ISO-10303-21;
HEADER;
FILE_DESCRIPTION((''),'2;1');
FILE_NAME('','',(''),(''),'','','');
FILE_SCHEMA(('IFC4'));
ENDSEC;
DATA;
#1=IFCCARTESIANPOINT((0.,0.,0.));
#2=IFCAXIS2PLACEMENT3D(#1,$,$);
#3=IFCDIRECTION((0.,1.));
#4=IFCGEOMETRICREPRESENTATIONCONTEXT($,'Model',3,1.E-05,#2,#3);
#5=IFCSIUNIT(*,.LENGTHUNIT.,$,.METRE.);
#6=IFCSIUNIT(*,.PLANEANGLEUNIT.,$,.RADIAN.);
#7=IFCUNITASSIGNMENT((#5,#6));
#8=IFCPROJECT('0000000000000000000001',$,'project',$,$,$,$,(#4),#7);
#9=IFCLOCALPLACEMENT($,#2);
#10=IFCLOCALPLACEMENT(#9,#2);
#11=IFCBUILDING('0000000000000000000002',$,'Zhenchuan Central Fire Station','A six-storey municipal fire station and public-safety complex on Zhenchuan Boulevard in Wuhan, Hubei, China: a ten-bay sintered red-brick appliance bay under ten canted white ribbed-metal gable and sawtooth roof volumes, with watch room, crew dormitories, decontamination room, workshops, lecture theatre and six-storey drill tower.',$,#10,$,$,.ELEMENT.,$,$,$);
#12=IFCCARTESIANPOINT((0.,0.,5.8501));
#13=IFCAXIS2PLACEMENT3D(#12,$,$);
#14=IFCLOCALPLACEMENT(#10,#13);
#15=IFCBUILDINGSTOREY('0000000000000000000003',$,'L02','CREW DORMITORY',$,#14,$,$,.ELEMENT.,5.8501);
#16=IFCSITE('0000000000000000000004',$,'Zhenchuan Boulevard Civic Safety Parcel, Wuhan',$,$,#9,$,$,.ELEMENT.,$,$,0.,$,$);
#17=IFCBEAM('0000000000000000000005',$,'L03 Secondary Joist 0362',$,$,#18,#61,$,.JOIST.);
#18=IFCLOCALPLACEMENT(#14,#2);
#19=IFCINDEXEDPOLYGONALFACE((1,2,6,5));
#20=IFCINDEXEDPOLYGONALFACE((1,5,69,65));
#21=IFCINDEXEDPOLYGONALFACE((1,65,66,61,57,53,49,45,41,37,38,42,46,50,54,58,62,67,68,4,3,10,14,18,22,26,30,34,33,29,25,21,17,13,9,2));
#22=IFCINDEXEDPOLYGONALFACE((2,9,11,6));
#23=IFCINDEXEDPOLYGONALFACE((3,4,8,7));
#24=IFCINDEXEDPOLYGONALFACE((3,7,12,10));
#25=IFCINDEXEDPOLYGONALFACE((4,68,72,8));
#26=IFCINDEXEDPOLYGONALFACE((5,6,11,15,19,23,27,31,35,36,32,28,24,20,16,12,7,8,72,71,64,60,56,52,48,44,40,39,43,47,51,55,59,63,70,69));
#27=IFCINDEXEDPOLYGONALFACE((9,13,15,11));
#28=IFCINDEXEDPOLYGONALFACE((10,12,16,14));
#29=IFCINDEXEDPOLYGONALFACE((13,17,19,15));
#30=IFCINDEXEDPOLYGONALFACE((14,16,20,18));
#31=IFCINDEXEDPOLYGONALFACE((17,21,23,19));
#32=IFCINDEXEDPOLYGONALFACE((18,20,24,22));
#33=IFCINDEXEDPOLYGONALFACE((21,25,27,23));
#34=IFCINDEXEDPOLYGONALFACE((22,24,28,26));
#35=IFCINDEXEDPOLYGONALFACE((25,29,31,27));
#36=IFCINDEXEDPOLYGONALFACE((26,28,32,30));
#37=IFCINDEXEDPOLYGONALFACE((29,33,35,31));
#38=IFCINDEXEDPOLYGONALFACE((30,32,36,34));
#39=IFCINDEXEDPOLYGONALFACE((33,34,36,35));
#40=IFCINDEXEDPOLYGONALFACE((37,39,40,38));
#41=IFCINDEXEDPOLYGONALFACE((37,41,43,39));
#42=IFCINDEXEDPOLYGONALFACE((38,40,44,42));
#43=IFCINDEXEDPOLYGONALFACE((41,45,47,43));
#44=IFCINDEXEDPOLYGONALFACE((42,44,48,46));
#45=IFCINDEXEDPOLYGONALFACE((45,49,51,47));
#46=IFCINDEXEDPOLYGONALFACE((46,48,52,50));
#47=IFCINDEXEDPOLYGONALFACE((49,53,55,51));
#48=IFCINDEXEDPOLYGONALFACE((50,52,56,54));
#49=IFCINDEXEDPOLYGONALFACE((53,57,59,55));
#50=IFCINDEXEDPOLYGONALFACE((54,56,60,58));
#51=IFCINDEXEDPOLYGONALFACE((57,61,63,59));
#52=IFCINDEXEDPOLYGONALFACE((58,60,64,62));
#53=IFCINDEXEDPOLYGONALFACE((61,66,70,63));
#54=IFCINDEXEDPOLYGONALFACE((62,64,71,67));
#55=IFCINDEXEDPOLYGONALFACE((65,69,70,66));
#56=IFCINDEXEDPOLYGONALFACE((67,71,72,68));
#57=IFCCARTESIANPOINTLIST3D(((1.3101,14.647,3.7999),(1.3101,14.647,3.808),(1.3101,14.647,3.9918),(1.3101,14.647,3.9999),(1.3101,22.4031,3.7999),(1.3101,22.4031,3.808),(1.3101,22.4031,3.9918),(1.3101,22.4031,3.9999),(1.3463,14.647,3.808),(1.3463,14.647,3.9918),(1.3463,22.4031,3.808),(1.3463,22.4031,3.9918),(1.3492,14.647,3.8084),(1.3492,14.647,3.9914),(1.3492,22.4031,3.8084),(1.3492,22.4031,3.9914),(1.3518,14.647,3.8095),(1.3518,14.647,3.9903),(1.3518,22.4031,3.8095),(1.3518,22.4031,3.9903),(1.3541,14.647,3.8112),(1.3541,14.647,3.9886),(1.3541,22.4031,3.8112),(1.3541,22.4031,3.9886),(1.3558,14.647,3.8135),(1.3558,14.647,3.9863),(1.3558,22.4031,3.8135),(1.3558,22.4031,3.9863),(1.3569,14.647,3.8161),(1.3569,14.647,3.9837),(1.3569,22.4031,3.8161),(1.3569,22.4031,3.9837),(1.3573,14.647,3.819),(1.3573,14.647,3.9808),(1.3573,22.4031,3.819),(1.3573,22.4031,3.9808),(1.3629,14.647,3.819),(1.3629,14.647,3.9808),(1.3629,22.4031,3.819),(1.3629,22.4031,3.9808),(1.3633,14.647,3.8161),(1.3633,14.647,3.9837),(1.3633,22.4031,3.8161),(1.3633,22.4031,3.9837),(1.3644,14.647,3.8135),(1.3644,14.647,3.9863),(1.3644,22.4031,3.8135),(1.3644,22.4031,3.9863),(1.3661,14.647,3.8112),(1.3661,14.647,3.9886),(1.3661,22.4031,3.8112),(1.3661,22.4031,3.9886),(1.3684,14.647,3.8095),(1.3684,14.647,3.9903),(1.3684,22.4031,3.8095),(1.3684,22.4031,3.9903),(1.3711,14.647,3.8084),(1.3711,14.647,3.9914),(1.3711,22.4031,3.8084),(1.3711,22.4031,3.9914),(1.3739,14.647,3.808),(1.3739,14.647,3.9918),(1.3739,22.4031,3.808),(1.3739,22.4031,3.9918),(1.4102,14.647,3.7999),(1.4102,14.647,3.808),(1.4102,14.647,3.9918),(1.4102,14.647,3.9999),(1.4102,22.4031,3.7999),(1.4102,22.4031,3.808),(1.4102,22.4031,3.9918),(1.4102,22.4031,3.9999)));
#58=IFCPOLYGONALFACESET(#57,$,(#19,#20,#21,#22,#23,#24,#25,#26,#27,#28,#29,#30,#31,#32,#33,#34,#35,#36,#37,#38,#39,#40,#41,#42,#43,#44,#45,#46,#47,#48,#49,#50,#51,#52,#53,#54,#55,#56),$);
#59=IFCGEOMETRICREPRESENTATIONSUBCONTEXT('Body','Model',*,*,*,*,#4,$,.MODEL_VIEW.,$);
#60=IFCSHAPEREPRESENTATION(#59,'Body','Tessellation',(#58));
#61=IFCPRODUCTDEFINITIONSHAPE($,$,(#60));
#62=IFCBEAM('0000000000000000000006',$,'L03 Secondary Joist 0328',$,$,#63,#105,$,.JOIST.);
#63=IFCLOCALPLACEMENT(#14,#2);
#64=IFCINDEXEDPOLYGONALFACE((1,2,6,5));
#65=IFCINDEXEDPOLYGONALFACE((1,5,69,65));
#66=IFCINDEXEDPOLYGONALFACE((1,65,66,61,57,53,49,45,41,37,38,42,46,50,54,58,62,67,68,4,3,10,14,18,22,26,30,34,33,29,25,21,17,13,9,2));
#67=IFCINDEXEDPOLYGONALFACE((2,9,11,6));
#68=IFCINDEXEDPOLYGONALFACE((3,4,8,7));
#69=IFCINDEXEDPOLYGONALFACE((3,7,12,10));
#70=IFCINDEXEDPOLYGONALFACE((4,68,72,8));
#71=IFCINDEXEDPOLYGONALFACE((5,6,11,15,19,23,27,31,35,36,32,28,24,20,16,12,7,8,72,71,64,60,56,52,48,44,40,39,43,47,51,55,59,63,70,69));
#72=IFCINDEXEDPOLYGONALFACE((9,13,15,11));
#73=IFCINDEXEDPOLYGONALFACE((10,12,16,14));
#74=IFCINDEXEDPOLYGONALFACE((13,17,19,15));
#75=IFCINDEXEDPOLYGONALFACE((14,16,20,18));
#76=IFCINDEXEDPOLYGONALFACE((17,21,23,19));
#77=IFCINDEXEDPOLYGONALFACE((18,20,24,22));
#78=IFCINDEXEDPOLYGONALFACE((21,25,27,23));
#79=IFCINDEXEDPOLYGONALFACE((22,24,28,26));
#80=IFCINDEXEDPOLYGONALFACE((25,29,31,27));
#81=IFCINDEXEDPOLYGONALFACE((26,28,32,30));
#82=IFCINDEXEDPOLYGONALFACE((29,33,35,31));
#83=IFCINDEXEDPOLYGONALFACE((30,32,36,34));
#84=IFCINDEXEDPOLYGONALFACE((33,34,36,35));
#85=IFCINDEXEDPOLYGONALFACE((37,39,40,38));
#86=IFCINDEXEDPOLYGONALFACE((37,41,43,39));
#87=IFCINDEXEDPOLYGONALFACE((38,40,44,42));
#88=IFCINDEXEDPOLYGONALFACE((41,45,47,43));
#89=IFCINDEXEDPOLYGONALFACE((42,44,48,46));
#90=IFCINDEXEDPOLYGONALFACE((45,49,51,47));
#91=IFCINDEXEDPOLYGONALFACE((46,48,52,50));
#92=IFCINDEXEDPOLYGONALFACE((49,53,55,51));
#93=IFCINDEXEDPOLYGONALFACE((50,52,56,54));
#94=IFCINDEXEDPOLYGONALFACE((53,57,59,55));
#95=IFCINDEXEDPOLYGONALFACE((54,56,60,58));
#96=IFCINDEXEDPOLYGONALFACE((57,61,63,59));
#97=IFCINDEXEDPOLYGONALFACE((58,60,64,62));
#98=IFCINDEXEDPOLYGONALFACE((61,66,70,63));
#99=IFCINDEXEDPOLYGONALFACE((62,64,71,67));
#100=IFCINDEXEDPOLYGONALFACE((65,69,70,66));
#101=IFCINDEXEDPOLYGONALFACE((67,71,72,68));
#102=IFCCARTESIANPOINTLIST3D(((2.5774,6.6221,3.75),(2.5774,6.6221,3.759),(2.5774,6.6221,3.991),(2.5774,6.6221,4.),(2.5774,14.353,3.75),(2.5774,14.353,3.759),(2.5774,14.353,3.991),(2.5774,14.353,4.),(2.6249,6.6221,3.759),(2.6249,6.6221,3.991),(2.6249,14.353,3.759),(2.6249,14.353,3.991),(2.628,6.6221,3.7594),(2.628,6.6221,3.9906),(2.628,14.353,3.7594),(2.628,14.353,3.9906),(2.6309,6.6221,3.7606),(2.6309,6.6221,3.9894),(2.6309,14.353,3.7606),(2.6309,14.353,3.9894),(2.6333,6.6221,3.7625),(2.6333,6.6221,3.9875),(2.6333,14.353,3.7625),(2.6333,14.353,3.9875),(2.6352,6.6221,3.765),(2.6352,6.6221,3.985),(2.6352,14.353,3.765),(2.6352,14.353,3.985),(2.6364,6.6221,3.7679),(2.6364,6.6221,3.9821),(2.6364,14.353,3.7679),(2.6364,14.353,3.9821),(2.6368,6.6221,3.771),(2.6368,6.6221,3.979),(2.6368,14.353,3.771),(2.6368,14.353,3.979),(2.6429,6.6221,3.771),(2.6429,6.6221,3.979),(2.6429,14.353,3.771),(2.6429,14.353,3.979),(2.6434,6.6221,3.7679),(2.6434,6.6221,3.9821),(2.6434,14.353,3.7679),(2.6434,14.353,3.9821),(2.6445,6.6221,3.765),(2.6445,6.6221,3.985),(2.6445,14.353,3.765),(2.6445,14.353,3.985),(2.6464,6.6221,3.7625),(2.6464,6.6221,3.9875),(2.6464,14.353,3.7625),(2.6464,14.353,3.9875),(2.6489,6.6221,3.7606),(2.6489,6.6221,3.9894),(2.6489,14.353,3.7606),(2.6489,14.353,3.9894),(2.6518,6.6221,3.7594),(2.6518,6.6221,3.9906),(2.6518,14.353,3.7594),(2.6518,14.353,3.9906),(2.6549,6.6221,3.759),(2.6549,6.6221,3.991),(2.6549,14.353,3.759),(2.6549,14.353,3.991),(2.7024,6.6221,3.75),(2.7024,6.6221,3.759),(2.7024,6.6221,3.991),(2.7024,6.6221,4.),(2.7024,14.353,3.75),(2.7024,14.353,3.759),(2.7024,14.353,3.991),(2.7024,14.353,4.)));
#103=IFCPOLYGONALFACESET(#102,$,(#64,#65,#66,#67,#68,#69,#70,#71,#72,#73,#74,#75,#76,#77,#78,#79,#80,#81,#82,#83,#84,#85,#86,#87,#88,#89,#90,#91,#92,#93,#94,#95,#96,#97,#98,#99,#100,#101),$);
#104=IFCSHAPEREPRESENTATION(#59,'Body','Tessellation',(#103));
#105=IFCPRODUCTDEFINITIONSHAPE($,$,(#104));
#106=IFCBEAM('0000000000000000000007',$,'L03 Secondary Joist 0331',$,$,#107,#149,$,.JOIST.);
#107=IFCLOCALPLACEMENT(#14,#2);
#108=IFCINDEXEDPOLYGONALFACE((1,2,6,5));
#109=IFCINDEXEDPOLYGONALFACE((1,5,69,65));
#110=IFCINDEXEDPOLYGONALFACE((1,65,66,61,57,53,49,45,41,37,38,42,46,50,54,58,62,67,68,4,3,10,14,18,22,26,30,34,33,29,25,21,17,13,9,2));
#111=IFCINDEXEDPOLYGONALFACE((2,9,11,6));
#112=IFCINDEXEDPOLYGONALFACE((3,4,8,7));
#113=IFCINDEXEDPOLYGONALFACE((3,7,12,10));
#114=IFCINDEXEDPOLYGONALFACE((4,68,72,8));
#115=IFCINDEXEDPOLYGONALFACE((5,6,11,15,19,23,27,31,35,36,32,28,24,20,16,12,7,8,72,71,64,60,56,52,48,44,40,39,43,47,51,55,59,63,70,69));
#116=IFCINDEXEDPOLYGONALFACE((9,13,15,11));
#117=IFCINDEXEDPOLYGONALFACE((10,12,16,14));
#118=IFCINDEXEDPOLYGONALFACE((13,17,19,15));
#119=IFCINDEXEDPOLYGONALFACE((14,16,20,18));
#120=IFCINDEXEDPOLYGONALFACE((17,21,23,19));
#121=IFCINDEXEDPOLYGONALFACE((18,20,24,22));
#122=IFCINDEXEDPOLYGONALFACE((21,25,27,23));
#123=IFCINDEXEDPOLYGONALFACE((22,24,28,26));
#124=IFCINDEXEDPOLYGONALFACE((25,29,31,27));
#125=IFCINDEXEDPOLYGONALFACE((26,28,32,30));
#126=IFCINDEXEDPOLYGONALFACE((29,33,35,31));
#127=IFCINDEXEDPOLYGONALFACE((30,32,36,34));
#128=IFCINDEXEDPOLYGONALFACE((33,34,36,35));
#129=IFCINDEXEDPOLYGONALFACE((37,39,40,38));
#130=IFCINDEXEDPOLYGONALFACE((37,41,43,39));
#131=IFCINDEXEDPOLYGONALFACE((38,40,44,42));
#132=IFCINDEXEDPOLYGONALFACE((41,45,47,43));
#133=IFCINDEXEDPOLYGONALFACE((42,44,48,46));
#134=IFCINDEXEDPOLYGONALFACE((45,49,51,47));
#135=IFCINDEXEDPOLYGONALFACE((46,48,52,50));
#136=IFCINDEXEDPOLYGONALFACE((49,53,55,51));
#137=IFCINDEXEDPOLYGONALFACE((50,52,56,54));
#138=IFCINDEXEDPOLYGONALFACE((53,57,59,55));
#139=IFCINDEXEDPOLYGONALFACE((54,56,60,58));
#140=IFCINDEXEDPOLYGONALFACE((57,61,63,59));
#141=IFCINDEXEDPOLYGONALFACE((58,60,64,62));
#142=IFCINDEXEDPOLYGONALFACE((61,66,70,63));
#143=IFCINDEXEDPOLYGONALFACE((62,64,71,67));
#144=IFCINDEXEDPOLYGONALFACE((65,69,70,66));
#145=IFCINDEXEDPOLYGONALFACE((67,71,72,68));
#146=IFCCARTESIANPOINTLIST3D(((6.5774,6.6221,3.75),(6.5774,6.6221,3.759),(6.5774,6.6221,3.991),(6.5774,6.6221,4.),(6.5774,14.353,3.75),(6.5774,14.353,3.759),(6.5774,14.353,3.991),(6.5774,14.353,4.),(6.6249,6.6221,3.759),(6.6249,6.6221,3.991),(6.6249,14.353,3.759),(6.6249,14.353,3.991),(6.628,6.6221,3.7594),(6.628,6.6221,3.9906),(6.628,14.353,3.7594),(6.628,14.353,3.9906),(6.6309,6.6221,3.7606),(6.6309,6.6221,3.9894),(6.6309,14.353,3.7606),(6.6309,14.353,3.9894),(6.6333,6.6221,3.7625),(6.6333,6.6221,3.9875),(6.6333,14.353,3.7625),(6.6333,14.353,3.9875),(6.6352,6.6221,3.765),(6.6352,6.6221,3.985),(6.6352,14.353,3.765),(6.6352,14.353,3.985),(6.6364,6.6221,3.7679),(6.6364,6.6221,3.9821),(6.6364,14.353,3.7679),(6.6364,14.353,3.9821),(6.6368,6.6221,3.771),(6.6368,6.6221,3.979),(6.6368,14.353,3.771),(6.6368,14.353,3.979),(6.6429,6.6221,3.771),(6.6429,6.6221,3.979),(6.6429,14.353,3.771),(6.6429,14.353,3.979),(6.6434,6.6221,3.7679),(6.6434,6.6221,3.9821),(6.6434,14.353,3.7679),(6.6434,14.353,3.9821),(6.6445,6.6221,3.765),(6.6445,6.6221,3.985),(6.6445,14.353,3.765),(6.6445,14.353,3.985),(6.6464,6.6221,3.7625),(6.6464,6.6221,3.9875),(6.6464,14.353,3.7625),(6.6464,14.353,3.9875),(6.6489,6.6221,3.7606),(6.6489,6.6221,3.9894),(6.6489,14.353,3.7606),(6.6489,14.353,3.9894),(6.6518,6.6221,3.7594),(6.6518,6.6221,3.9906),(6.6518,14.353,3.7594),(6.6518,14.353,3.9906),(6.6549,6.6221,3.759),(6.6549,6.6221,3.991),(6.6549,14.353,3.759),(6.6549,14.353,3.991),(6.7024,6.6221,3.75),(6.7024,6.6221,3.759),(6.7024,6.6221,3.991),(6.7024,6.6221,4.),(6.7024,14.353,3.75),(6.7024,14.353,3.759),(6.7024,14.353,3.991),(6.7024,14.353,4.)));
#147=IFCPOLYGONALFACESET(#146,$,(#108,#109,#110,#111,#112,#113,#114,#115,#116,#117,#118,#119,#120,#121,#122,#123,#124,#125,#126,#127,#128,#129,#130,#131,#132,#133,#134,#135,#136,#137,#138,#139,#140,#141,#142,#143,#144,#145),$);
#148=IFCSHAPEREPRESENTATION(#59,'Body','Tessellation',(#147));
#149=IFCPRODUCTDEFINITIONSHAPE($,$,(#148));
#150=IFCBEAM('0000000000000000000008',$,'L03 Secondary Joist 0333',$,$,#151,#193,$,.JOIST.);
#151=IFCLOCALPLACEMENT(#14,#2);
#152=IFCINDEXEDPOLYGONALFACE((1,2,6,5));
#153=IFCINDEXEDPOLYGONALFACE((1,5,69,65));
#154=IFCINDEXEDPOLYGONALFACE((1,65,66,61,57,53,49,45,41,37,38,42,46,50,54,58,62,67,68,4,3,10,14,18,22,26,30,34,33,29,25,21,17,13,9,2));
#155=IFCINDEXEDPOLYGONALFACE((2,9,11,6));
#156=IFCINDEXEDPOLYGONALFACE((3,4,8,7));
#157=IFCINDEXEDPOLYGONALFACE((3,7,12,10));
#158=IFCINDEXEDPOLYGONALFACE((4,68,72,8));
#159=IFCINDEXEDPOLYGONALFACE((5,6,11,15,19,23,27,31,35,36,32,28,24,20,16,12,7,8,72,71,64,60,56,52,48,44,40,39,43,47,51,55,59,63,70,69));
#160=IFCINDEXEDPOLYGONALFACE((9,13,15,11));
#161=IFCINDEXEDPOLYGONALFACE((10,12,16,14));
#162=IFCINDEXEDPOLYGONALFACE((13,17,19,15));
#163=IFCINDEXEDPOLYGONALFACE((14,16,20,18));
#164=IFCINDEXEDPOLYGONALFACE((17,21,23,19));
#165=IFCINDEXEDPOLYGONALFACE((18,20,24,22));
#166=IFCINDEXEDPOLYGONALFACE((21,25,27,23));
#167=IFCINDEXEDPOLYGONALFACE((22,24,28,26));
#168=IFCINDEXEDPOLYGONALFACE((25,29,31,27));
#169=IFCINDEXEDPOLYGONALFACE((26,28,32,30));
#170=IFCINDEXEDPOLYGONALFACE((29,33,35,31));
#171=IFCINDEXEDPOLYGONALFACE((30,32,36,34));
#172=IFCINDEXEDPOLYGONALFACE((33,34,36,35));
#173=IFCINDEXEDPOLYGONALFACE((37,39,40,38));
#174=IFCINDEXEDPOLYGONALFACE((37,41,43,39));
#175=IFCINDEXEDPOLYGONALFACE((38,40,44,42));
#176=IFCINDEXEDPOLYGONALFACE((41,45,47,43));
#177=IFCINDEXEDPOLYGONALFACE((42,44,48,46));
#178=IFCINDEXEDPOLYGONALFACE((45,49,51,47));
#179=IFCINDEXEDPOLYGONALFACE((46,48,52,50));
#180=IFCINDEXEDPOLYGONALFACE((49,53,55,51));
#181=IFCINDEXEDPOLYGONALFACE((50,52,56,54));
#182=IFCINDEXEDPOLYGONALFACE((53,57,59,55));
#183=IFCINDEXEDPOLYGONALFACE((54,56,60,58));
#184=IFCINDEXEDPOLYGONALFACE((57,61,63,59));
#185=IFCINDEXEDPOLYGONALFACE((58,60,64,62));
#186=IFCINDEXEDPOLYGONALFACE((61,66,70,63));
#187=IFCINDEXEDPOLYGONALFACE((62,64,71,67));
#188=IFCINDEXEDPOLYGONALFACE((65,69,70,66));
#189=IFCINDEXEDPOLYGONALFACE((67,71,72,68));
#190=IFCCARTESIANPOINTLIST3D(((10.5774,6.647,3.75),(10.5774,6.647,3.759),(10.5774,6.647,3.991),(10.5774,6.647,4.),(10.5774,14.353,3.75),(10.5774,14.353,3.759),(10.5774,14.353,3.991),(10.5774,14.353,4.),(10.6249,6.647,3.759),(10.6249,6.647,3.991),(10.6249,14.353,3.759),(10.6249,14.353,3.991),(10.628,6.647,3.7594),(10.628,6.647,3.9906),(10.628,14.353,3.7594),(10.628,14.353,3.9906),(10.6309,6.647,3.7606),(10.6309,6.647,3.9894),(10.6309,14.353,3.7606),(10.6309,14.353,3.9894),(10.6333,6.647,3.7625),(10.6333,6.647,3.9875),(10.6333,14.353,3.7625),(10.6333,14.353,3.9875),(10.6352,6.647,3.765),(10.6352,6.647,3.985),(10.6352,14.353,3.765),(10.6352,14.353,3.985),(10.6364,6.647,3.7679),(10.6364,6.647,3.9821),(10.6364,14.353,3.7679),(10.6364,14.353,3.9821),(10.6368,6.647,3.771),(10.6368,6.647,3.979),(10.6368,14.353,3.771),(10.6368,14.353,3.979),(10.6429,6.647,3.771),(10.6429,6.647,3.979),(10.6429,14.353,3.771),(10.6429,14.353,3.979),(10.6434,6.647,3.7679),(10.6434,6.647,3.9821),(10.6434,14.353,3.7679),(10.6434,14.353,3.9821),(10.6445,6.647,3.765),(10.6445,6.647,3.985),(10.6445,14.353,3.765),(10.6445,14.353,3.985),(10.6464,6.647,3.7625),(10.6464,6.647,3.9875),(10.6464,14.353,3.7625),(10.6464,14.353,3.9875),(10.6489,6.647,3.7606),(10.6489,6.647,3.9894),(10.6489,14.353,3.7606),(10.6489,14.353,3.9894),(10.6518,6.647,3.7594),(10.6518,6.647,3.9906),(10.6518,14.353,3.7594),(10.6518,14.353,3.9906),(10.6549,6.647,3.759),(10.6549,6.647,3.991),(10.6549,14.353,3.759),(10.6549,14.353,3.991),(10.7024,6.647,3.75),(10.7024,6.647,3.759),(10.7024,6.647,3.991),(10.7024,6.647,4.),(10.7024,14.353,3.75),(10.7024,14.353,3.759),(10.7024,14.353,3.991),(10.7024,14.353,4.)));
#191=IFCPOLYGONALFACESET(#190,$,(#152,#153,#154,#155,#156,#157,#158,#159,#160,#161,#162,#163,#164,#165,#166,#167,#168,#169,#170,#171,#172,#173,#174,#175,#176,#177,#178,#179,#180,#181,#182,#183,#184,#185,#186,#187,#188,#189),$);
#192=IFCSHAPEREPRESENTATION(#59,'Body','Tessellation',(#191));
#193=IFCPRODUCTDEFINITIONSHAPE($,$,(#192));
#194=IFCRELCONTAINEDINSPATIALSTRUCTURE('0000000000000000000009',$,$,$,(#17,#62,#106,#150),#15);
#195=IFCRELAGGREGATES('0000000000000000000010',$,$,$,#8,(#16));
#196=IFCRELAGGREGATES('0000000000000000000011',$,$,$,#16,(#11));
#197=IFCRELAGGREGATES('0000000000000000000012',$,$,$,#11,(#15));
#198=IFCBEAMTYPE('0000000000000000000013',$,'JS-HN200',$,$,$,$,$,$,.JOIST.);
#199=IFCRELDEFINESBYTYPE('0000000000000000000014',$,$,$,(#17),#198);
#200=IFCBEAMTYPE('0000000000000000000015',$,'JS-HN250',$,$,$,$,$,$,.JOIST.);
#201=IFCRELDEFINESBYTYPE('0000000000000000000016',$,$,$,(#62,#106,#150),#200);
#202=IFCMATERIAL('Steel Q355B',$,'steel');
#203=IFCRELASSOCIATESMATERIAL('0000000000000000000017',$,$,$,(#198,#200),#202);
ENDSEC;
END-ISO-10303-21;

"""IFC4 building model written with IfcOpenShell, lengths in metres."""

from ifc_helpers import new_model, si_unit, direction, frame, origin, origin_2d, place, context, subcontext, project, spatial, i_section, extrude, material, material_profile, profile_set, type_object, element, save


model = new_model("IFC4")

# Units and contexts
model_context = context("Model", 3, precision=1e-05, world=origin(), true_north=direction((0.0, 1.0)))
body_context = subcontext(model_context, "Body", "Model", "MODEL_VIEW")
ifc_project = project(units=[si_unit("LENGTHUNIT", "METRE"), si_unit("PLANEANGLEUNIT", "RADIAN")], contexts=[model_context])

# Site, building, storey
site_placement = place(None, origin())
site = spatial("IfcSite", under=ifc_project, at=site_placement, Name="Zhenchuan Boulevard Civic Safety Parcel, Wuhan", CompositionType="ELEMENT", RefElevation=0.0)
building_placement = place(site_placement, origin())
building = spatial("IfcBuilding", under=site, at=building_placement, Name="Zhenchuan Central Fire Station", Description="A six-storey municipal fire station and public-safety complex on Zhenchuan Boulevard in Wuhan, Hubei, China: a ten-bay sintered red-brick appliance bay under ten canted white ribbed-metal gable and sawtooth roof volumes, with watch room, crew dormitories, decontamination room, workshops, lecture theatre and six-storey drill tower.", CompositionType="ELEMENT")
storey_placement = place(building_placement, frame((0.0, 0.0, 5.8501)))
storey = spatial("IfcBuildingStorey", under=building, at=storey_placement, Name="L02", Description="CREW DORMITORY", CompositionType="ELEMENT", Elevation=5.8501)

# Shared definitions
ifc_material_1 = material(Name="Steel Q355B", Category="steel")

# Beams
ifc_material_profile_1 = material_profile(ifc_material_1, i_section(OverallWidth=0.1001, OverallDepth=0.2, WebThickness=0.0056, FlangeThickness=0.0081, FilletRadius=0.011, at=origin_2d()), Name="HN 200x100")
ifc_profile_set_1 = profile_set([ifc_material_profile_1], Name="Steel Q355B")
beam_type_1 = type_object("IfcBeamType", Name="JS-HN200", PredefinedType="JOIST", material=ifc_profile_set_1)
beam_1_placement = place(storey_placement, frame((1.3601, 14.647, 3.8999), z_axis=(0.0, 1.0, 0.0), x_axis=(-1.0, 0.0, 0.0)))
element("IfcBeam", 1, at=beam_1_placement, inside=storey, type_object=beam_type_1, Name="L03 Secondary Joist 0362", PredefinedType="JOIST", context=body_context, shape_type="SweptSolid", body=[
    extrude(i_section(OverallWidth=0.1001, OverallDepth=0.2, WebThickness=0.0056, FlangeThickness=0.0081, FilletRadius=0.011, at=origin_2d()), origin(), (0.0, 0.0, 1.0), 7.7561),
])
ifc_material_profile_2 = material_profile(ifc_material_1, i_section(OverallWidth=0.125, OverallDepth=0.25, WebThickness=0.0061, FlangeThickness=0.009, FilletRadius=0.012, at=origin_2d()), Name="HN 250x125")
ifc_profile_set_2 = profile_set([ifc_material_profile_2], Name="Steel Q355B")
beam_type_2 = type_object("IfcBeamType", Name="JS-HN250", PredefinedType="JOIST", material=ifc_profile_set_2)
for number, where, z_axis, x_axis, name in (
    (2, (2.6399, 6.6221, 3.875), (0.0, 1.0, 0.0), (-1.0, 0.0, 0.0), "L03 Secondary Joist 0328"),
    (3, (6.6399, 6.6221, 3.875), (0.0, 1.0, 0.0), (-1.0, 0.0, 0.0), "L03 Secondary Joist 0331"),
):
    element("IfcBeam", number, at=place(storey_placement, frame(where, z_axis=z_axis, x_axis=x_axis)), inside=storey, type_object=beam_type_2, Name=name, PredefinedType="JOIST", context=body_context, shape_type="SweptSolid", body=[
        extrude(i_section(OverallWidth=0.125, OverallDepth=0.25, WebThickness=0.0061, FlangeThickness=0.009, FilletRadius=0.012, at=origin_2d()), origin(), (0.0, 0.0, 1.0), 7.731),
    ])
beam_2_placement = place(storey_placement, frame((10.6399, 6.647, 3.875), z_axis=(0.0, 1.0, 0.0), x_axis=(-1.0, 0.0, 0.0)))
element("IfcBeam", 4, at=beam_2_placement, inside=storey, type_object=beam_type_2, Name="L03 Secondary Joist 0333", PredefinedType="JOIST", context=body_context, shape_type="SweptSolid", body=[
    extrude(i_section(OverallWidth=0.125, OverallDepth=0.25, WebThickness=0.0061, FlangeThickness=0.009, FilletRadius=0.012, at=origin_2d()), origin(), (0.0, 0.0, 1.0), 7.7061),
])

save(model, "model.ifc")
